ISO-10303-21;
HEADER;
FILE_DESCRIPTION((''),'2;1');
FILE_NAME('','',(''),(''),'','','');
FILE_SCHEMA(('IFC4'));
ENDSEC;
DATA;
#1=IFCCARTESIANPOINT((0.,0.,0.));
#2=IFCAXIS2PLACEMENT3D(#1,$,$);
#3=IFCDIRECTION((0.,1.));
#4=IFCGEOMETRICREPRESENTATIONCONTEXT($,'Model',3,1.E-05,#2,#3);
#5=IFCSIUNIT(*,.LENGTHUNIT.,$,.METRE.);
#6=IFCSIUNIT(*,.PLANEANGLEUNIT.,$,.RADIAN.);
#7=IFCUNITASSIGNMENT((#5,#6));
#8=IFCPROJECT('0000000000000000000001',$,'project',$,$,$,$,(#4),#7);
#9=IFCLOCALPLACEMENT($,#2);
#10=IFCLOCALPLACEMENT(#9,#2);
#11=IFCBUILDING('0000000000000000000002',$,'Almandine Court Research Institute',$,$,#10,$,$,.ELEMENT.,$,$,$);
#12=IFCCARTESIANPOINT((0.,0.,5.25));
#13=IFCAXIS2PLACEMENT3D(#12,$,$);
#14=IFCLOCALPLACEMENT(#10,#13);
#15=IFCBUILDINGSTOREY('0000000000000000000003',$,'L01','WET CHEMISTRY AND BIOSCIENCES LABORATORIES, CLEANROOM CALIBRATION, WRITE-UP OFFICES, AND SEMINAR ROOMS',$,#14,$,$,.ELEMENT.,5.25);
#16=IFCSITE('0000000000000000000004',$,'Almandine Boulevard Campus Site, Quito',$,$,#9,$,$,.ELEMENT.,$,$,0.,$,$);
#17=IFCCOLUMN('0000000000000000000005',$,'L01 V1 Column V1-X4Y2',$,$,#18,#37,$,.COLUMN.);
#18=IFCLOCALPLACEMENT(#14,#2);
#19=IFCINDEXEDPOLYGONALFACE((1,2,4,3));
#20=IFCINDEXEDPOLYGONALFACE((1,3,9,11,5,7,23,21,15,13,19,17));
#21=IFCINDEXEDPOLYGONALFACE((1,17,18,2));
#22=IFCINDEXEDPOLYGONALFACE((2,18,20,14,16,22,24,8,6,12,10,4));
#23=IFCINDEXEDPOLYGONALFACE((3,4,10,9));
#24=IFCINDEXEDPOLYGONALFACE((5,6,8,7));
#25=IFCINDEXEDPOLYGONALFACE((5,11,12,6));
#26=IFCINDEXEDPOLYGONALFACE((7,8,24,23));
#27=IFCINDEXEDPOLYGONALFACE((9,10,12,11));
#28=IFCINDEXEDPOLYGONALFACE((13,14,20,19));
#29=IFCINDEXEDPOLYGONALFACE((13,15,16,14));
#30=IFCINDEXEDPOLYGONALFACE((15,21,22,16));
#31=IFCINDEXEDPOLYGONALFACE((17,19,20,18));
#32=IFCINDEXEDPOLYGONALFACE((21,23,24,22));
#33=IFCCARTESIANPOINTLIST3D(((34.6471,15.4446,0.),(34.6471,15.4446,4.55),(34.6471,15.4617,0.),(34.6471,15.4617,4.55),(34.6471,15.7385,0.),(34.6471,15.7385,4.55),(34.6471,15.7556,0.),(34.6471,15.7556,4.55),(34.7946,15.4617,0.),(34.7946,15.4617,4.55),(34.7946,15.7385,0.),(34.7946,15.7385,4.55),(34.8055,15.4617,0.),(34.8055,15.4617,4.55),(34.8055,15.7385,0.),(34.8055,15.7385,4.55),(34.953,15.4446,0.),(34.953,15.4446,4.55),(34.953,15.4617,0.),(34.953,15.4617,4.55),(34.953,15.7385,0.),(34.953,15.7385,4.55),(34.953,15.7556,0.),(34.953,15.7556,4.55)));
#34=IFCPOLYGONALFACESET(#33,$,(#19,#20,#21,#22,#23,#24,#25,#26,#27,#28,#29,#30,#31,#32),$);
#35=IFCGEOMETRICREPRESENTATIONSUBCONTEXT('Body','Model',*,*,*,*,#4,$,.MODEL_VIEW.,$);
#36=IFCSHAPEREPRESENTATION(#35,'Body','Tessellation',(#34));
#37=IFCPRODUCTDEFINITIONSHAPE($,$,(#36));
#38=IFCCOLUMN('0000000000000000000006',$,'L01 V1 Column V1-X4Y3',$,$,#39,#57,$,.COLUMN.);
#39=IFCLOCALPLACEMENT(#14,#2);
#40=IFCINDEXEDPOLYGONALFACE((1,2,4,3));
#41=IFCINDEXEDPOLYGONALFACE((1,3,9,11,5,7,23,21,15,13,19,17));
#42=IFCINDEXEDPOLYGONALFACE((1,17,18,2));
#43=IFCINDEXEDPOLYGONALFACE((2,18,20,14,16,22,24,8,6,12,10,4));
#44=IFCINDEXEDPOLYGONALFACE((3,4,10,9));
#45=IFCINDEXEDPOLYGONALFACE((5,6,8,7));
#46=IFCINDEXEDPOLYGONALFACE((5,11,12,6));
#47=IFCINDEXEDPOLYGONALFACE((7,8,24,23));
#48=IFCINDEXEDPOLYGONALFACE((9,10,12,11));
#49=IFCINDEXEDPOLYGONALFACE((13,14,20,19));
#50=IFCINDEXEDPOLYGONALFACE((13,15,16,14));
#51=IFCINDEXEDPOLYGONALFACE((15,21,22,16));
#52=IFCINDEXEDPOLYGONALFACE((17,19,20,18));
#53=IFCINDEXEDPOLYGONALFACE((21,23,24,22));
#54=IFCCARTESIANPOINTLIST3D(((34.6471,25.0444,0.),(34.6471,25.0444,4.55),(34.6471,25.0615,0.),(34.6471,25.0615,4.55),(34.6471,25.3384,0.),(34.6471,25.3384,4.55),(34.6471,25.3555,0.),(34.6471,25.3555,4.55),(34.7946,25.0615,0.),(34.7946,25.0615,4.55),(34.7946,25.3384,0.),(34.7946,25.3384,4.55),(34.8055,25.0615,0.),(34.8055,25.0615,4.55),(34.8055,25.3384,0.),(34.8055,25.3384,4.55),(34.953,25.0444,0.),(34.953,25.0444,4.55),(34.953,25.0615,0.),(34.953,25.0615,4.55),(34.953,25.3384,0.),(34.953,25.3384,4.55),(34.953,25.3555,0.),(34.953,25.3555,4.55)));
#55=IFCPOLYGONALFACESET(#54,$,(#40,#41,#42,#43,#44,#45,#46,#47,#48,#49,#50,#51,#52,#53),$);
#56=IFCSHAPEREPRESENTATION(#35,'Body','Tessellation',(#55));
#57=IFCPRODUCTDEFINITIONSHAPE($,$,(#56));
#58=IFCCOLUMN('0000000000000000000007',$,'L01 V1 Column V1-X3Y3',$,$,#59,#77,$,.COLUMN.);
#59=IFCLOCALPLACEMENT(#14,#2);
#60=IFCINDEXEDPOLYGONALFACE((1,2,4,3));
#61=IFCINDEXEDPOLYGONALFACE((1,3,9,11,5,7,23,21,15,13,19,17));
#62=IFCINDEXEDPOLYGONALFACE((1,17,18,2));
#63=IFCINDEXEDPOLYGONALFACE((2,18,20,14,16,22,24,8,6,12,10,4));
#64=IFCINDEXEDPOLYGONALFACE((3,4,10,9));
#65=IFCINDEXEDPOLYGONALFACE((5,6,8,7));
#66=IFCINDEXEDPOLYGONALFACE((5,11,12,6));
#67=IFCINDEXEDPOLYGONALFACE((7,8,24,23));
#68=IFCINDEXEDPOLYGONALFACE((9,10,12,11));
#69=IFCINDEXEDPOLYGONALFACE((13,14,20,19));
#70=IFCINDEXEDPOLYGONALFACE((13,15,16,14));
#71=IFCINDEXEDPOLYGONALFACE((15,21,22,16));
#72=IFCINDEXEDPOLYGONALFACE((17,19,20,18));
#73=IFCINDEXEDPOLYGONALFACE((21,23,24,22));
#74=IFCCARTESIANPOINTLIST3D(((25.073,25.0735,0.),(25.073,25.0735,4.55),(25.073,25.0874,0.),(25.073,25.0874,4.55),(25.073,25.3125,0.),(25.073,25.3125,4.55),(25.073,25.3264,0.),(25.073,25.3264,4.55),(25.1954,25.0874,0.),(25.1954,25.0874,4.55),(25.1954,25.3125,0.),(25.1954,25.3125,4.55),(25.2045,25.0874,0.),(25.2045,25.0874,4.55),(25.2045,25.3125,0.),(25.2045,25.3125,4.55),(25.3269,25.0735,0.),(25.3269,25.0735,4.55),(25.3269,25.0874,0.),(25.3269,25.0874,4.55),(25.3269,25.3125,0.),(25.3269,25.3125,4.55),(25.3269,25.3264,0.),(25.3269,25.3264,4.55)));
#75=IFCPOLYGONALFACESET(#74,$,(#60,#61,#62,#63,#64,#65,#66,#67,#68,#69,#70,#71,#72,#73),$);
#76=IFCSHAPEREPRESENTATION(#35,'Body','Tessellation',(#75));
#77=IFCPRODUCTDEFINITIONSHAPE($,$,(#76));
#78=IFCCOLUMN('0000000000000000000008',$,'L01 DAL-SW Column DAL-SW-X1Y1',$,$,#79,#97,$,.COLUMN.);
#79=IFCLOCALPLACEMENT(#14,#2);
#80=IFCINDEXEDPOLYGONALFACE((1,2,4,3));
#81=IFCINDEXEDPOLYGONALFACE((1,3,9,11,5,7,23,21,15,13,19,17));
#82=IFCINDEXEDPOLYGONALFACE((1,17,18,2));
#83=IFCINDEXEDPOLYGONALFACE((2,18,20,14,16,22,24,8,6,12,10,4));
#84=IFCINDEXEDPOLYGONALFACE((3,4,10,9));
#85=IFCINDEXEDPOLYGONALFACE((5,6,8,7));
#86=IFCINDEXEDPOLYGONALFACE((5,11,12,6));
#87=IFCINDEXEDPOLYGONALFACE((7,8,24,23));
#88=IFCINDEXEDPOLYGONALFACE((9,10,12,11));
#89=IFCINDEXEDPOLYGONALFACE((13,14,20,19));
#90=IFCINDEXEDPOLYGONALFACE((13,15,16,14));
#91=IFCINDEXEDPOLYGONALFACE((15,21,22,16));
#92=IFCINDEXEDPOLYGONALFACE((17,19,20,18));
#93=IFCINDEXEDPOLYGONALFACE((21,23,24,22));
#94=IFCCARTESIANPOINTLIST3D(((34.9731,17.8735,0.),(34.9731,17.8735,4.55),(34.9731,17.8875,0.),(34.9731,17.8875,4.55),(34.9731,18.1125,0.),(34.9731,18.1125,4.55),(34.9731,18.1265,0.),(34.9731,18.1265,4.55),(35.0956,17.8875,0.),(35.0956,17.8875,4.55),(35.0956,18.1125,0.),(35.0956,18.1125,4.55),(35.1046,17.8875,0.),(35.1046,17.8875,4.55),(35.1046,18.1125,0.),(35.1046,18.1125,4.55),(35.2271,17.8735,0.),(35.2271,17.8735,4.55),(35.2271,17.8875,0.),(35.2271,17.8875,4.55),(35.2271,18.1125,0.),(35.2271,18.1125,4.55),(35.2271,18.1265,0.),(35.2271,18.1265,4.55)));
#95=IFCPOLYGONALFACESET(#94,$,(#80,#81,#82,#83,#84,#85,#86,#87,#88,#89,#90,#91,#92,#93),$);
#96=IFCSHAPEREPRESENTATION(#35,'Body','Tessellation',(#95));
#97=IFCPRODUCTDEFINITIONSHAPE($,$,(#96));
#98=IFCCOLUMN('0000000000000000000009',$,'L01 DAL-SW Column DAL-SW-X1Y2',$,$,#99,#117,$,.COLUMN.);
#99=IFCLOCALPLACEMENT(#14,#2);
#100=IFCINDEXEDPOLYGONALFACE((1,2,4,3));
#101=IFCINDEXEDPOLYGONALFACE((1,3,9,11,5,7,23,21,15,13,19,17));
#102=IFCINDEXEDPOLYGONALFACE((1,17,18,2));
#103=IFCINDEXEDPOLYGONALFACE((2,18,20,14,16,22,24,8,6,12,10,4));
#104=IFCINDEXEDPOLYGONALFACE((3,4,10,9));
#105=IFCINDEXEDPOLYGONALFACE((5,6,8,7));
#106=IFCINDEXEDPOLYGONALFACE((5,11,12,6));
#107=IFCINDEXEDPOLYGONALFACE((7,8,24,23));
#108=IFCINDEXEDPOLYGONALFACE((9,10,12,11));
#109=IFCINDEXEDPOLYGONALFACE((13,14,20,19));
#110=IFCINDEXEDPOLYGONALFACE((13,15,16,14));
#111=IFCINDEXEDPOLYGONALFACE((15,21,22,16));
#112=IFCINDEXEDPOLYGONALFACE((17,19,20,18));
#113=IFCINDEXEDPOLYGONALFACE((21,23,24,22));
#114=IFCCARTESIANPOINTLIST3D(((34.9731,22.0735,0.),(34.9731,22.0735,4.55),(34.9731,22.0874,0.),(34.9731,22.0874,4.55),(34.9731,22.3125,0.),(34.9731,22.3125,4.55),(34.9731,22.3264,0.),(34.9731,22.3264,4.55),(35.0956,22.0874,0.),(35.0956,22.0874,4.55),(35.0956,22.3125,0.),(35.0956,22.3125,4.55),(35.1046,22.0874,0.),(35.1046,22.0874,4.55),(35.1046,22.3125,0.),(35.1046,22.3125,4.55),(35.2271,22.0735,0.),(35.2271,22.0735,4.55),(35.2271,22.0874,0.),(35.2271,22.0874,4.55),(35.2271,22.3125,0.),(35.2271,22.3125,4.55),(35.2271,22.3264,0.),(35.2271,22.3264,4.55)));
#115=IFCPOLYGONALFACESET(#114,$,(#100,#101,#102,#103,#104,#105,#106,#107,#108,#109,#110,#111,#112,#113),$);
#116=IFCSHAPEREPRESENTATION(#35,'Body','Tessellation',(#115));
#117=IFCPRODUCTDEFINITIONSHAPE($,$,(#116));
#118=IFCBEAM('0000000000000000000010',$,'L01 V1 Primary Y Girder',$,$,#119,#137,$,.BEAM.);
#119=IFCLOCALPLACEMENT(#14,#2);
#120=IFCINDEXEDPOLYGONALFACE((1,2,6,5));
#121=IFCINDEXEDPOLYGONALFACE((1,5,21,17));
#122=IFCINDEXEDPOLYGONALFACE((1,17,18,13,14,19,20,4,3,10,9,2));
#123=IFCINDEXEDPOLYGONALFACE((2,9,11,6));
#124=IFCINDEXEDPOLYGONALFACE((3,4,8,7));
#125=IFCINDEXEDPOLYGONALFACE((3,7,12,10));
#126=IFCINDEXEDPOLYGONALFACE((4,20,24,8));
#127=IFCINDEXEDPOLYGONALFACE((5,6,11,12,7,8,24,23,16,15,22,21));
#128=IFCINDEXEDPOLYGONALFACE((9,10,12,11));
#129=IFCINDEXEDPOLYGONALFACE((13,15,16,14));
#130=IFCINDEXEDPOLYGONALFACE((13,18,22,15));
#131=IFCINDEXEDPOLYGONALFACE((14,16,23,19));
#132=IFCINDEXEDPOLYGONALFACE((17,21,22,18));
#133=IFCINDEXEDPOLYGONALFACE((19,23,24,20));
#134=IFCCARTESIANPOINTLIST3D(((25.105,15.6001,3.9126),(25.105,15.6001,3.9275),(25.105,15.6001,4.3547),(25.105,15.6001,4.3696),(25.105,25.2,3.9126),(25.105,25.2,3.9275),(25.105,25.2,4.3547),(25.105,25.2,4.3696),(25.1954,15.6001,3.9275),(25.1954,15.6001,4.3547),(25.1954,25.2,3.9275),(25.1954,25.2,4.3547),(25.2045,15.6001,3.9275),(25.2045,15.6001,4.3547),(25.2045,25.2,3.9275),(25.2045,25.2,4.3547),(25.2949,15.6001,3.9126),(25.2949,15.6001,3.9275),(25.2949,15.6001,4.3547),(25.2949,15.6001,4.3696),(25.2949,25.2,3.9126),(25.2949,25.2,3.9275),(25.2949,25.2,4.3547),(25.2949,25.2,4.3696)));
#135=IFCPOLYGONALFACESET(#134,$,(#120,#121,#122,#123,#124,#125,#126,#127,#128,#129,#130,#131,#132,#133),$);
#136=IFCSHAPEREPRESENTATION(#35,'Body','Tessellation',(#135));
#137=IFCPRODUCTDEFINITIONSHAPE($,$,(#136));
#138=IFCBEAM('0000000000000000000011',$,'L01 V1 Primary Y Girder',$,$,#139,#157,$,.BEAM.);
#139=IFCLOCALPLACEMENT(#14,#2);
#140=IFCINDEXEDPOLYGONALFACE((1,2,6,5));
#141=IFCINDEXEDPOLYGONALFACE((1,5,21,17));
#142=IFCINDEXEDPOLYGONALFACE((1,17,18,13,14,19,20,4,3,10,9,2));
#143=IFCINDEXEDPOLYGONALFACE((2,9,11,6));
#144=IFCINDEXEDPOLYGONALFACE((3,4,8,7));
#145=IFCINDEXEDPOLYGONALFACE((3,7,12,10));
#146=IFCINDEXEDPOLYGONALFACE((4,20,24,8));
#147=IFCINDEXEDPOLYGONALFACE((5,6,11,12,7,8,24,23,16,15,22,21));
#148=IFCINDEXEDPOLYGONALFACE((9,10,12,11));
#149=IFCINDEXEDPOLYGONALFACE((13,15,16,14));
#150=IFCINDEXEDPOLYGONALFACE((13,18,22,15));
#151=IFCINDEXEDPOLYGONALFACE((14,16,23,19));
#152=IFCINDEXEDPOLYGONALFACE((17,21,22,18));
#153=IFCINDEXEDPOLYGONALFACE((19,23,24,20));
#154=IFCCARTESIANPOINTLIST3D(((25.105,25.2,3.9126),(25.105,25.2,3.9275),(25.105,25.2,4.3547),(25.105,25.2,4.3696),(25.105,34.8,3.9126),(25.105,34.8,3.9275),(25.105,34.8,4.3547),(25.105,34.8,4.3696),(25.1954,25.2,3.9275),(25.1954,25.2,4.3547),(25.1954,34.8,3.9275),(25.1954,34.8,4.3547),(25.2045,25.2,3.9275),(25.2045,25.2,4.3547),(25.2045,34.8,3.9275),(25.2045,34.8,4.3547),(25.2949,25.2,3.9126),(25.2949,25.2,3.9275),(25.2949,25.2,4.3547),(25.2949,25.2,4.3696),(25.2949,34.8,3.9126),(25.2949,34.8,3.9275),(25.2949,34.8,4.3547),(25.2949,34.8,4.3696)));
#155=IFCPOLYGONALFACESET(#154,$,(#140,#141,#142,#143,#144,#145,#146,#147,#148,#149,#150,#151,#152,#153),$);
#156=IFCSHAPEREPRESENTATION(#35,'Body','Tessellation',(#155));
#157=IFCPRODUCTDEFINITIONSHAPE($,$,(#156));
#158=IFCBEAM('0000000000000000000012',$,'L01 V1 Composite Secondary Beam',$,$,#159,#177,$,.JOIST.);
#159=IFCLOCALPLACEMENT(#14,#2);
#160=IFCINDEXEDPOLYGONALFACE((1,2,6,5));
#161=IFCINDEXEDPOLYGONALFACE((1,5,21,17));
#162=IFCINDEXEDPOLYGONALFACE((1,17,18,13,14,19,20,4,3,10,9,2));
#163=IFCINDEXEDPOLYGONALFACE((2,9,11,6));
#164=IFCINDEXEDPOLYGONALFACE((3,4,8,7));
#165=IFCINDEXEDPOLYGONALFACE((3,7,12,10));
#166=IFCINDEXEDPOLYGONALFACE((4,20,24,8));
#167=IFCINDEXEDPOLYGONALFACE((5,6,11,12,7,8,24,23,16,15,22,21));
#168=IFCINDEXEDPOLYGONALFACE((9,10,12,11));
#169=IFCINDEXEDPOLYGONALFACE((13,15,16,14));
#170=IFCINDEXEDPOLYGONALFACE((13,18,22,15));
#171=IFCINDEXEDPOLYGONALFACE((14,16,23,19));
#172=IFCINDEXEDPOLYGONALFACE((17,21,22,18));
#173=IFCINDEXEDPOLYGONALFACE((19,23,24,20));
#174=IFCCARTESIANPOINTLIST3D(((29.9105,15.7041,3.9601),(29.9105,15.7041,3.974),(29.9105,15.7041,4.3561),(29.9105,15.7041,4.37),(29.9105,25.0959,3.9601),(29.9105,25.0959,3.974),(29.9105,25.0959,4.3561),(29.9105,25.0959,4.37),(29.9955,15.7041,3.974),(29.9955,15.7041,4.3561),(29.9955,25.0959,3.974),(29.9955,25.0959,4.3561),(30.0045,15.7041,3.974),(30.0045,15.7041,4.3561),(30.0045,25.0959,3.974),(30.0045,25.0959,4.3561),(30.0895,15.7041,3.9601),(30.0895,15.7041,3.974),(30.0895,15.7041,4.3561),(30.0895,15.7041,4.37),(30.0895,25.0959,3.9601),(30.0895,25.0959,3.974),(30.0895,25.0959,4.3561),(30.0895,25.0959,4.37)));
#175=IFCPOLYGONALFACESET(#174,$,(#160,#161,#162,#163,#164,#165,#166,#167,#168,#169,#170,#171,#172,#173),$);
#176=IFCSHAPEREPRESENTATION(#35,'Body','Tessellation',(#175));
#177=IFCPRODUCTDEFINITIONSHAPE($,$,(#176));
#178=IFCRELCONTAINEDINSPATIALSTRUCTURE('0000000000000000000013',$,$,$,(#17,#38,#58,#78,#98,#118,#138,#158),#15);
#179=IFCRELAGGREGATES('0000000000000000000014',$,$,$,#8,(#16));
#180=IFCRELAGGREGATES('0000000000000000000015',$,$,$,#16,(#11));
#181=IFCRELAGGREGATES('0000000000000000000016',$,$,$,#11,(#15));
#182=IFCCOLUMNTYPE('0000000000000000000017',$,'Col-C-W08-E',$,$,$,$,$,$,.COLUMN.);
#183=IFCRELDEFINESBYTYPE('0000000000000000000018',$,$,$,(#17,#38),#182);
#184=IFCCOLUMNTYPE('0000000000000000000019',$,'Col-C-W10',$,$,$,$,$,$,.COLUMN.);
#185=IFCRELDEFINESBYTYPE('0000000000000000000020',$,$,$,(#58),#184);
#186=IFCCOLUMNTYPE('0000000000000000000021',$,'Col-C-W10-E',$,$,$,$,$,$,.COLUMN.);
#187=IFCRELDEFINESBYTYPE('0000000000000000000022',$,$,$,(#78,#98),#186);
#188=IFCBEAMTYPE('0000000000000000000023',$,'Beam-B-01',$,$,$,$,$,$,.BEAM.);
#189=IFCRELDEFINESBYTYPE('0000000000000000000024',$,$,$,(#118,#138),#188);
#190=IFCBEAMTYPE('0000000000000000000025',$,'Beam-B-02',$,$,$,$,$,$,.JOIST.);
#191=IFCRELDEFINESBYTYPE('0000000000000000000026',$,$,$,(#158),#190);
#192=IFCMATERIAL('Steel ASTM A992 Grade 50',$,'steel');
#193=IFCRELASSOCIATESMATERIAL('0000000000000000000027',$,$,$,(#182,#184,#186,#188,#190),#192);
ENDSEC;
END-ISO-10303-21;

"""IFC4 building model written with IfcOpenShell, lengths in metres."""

from ifc_helpers import new_model, si_unit, direction, frame, origin, origin_2d, place, context, subcontext, project, spatial, i_section, extrude, material, material_profile, profile_set, type_object, element, save


model = new_model("IFC4")

# Units and contexts
model_context = context("Model", 3, precision=1e-05, world=origin(), true_north=direction((0.0, 1.0)))
body_context = subcontext(model_context, "Body", "Model", "MODEL_VIEW")
ifc_project = project(units=[si_unit("LENGTHUNIT", "METRE"), si_unit("PLANEANGLEUNIT", "RADIAN")], contexts=[model_context])

# Site, building, storey
site_placement = place(None, origin())
site = spatial("IfcSite", under=ifc_project, at=site_placement, Name="Almandine Boulevard Campus Site, Quito", CompositionType="ELEMENT", RefElevation=0.0)
building_placement = place(site_placement, origin())
building = spatial("IfcBuilding", under=site, at=building_placement, Name="Almandine Court Research Institute", CompositionType="ELEMENT")
storey_placement = place(building_placement, frame((0.0, 0.0, 5.25)))
storey = spatial("IfcBuildingStorey", under=building, at=storey_placement, Name="L01", Description="WET CHEMISTRY AND BIOSCIENCES LABORATORIES, CLEANROOM CALIBRATION, WRITE-UP OFFICES, AND SEMINAR ROOMS", CompositionType="ELEMENT", Elevation=5.25)

# Columns
ifc_material_1 = material(Name="Steel ASTM A992 Grade 50", Category="steel")
ifc_material_profile_1 = material_profile(ifc_material_1, i_section(OverallWidth=0.3059, OverallDepth=0.311, WebThickness=0.011, FlangeThickness=0.0171, at=origin_2d()), Name="W310x107")
ifc_profile_set_1 = profile_set([ifc_material_profile_1], Name="Steel ASTM A992 Grade 50")
column_type_1 = type_object("IfcColumnType", Name="Col-C-W08-E", PredefinedType="COLUMN", material=ifc_profile_set_1)
for number, where, z_axis, x_axis, name in (
    (1, (34.8, 15.6001, 0.0), (0.0, 0.0, 1.0), (1.0, 0.0, 0.0), "L01 V1 Column V1-X4Y2"),
    (2, (34.8, 25.2, 0.0), (0.0, 0.0, 1.0), (1.0, 0.0, 0.0), "L01 V1 Column V1-X4Y3"),
):
    element("IfcColumn", number, at=place(storey_placement, frame(where, z_axis=z_axis, x_axis=x_axis)), inside=storey, type_object=column_type_1, Name=name, PredefinedType="COLUMN", context=body_context, shape_type="SweptSolid", body=[
        extrude(i_section(OverallWidth=0.3059, OverallDepth=0.311, WebThickness=0.011, FlangeThickness=0.0171, at=origin_2d()), origin(), (0.0, 0.0, 1.0), 4.55),
    ])
ifc_material_profile_2 = material_profile(ifc_material_1, i_section(OverallWidth=0.2539, OverallDepth=0.2529, WebThickness=0.009, FlangeThickness=0.0139, at=origin_2d()), Name="W250x73")
ifc_profile_set_2 = profile_set([ifc_material_profile_2], Name="Steel ASTM A992 Grade 50")
column_type_2 = type_object("IfcColumnType", Name="Col-C-W10", PredefinedType="COLUMN", material=ifc_profile_set_2)
column_placement = place(storey_placement, frame((25.2, 25.2, 0.0), z_axis=(0.0, 0.0, 1.0), x_axis=(1.0, 0.0, 0.0)))
element("IfcColumn", 3, at=column_placement, inside=storey, type_object=column_type_2, Name="L01 V1 Column V1-X3Y3", PredefinedType="COLUMN", context=body_context, shape_type="SweptSolid", body=[
    extrude(i_section(OverallWidth=0.2539, OverallDepth=0.2529, WebThickness=0.009, FlangeThickness=0.0139, at=origin_2d()), origin(), (0.0, 0.0, 1.0), 4.55),
])
ifc_material_profile_3 = material_profile(ifc_material_1, i_section(OverallWidth=0.2539, OverallDepth=0.2529, WebThickness=0.009, FlangeThickness=0.0139, at=origin_2d()), Name="W250x73")
ifc_profile_set_3 = profile_set([ifc_material_profile_3], Name="Steel ASTM A992 Grade 50")
column_type_3 = type_object("IfcColumnType", Name="Col-C-W10-E", PredefinedType="COLUMN", material=ifc_profile_set_3)
for number, where, z_axis, x_axis, name in (
    (4, (35.1001, 18.0, 0.0), (0.0, 0.0, 1.0), (1.0, 0.0, 0.0), "L01 DAL-SW Column DAL-SW-X1Y1"),
    (5, (35.1001, 22.2, 0.0), (0.0, 0.0, 1.0), (1.0, 0.0, 0.0), "L01 DAL-SW Column DAL-SW-X1Y2"),
):
    element("IfcColumn", number, at=place(storey_placement, frame(where, z_axis=z_axis, x_axis=x_axis)), inside=storey, type_object=column_type_3, Name=name, PredefinedType="COLUMN", context=body_context, shape_type="SweptSolid", body=[
        extrude(i_section(OverallWidth=0.2539, OverallDepth=0.2529, WebThickness=0.009, FlangeThickness=0.0139, at=origin_2d()), origin(), (0.0, 0.0, 1.0), 4.55),
    ])

# Beams
ifc_material_profile_4 = material_profile(ifc_material_1, i_section(OverallWidth=0.1899, OverallDepth=0.457, WebThickness=0.009, FlangeThickness=0.0149, at=origin_2d()), Name="W460x74")
ifc_profile_set_4 = profile_set([ifc_material_profile_4], Name="Steel ASTM A992 Grade 50")
beam_type_1 = type_object("IfcBeamType", Name="Beam-B-01", PredefinedType="BEAM", material=ifc_profile_set_4)
beam_1_placement = place(storey_placement, frame((25.2, 15.6001, 4.1411), z_axis=(0.0, 1.0, 0.0), x_axis=(-1.0, 0.0, 0.0)))
element("IfcBeam", 6, at=beam_1_placement, inside=storey, type_object=beam_type_1, Name="L01 V1 Primary Y Girder", PredefinedType="BEAM", context=body_context, shape_type="SweptSolid", body=[
    extrude(i_section(OverallWidth=0.1899, OverallDepth=0.457, WebThickness=0.009, FlangeThickness=0.0149, at=origin_2d()), origin(), (0.0, 0.0, 1.0), 9.5999),
])
beam_2_placement = place(storey_placement, frame((25.2, 25.2, 4.1411), z_axis=(0.0, 1.0, 0.0), x_axis=(-1.0, 0.0, 0.0)))
element("IfcBeam", 7, at=beam_2_placement, inside=storey, type_object=beam_type_1, Name="L01 V1 Primary Y Girder", PredefinedType="BEAM", context=body_context, shape_type="SweptSolid", body=[
    extrude(i_section(OverallWidth=0.1899, OverallDepth=0.457, WebThickness=0.009, FlangeThickness=0.0149, at=origin_2d()), origin(), (0.0, 0.0, 1.0), 9.6001),
])
ifc_material_profile_5 = material_profile(ifc_material_1, i_section(OverallWidth=0.179, OverallDepth=0.4099, WebThickness=0.009, FlangeThickness=0.0139, at=origin_2d()), Name="W410x67")
ifc_profile_set_5 = profile_set([ifc_material_profile_5], Name="Steel ASTM A992 Grade 50")
beam_type_2 = type_object("IfcBeamType", Name="Beam-B-02", PredefinedType="JOIST", material=ifc_profile_set_5)
beam_3_placement = place(storey_placement, frame((30.0, 15.7041, 4.165), z_axis=(0.0, 1.0, 0.0), x_axis=(-1.0, 0.0, 0.0)))
element("IfcBeam", 8, at=beam_3_placement, inside=storey, type_object=beam_type_2, Name="L01 V1 Composite Secondary Beam", PredefinedType="JOIST", context=body_context, shape_type="SweptSolid", body=[
    extrude(i_section(OverallWidth=0.179, OverallDepth=0.4099, WebThickness=0.009, FlangeThickness=0.0139, at=origin_2d()), origin(), (0.0, 0.0, 1.0), 9.3918),
])

save(model, "model.ifc")
